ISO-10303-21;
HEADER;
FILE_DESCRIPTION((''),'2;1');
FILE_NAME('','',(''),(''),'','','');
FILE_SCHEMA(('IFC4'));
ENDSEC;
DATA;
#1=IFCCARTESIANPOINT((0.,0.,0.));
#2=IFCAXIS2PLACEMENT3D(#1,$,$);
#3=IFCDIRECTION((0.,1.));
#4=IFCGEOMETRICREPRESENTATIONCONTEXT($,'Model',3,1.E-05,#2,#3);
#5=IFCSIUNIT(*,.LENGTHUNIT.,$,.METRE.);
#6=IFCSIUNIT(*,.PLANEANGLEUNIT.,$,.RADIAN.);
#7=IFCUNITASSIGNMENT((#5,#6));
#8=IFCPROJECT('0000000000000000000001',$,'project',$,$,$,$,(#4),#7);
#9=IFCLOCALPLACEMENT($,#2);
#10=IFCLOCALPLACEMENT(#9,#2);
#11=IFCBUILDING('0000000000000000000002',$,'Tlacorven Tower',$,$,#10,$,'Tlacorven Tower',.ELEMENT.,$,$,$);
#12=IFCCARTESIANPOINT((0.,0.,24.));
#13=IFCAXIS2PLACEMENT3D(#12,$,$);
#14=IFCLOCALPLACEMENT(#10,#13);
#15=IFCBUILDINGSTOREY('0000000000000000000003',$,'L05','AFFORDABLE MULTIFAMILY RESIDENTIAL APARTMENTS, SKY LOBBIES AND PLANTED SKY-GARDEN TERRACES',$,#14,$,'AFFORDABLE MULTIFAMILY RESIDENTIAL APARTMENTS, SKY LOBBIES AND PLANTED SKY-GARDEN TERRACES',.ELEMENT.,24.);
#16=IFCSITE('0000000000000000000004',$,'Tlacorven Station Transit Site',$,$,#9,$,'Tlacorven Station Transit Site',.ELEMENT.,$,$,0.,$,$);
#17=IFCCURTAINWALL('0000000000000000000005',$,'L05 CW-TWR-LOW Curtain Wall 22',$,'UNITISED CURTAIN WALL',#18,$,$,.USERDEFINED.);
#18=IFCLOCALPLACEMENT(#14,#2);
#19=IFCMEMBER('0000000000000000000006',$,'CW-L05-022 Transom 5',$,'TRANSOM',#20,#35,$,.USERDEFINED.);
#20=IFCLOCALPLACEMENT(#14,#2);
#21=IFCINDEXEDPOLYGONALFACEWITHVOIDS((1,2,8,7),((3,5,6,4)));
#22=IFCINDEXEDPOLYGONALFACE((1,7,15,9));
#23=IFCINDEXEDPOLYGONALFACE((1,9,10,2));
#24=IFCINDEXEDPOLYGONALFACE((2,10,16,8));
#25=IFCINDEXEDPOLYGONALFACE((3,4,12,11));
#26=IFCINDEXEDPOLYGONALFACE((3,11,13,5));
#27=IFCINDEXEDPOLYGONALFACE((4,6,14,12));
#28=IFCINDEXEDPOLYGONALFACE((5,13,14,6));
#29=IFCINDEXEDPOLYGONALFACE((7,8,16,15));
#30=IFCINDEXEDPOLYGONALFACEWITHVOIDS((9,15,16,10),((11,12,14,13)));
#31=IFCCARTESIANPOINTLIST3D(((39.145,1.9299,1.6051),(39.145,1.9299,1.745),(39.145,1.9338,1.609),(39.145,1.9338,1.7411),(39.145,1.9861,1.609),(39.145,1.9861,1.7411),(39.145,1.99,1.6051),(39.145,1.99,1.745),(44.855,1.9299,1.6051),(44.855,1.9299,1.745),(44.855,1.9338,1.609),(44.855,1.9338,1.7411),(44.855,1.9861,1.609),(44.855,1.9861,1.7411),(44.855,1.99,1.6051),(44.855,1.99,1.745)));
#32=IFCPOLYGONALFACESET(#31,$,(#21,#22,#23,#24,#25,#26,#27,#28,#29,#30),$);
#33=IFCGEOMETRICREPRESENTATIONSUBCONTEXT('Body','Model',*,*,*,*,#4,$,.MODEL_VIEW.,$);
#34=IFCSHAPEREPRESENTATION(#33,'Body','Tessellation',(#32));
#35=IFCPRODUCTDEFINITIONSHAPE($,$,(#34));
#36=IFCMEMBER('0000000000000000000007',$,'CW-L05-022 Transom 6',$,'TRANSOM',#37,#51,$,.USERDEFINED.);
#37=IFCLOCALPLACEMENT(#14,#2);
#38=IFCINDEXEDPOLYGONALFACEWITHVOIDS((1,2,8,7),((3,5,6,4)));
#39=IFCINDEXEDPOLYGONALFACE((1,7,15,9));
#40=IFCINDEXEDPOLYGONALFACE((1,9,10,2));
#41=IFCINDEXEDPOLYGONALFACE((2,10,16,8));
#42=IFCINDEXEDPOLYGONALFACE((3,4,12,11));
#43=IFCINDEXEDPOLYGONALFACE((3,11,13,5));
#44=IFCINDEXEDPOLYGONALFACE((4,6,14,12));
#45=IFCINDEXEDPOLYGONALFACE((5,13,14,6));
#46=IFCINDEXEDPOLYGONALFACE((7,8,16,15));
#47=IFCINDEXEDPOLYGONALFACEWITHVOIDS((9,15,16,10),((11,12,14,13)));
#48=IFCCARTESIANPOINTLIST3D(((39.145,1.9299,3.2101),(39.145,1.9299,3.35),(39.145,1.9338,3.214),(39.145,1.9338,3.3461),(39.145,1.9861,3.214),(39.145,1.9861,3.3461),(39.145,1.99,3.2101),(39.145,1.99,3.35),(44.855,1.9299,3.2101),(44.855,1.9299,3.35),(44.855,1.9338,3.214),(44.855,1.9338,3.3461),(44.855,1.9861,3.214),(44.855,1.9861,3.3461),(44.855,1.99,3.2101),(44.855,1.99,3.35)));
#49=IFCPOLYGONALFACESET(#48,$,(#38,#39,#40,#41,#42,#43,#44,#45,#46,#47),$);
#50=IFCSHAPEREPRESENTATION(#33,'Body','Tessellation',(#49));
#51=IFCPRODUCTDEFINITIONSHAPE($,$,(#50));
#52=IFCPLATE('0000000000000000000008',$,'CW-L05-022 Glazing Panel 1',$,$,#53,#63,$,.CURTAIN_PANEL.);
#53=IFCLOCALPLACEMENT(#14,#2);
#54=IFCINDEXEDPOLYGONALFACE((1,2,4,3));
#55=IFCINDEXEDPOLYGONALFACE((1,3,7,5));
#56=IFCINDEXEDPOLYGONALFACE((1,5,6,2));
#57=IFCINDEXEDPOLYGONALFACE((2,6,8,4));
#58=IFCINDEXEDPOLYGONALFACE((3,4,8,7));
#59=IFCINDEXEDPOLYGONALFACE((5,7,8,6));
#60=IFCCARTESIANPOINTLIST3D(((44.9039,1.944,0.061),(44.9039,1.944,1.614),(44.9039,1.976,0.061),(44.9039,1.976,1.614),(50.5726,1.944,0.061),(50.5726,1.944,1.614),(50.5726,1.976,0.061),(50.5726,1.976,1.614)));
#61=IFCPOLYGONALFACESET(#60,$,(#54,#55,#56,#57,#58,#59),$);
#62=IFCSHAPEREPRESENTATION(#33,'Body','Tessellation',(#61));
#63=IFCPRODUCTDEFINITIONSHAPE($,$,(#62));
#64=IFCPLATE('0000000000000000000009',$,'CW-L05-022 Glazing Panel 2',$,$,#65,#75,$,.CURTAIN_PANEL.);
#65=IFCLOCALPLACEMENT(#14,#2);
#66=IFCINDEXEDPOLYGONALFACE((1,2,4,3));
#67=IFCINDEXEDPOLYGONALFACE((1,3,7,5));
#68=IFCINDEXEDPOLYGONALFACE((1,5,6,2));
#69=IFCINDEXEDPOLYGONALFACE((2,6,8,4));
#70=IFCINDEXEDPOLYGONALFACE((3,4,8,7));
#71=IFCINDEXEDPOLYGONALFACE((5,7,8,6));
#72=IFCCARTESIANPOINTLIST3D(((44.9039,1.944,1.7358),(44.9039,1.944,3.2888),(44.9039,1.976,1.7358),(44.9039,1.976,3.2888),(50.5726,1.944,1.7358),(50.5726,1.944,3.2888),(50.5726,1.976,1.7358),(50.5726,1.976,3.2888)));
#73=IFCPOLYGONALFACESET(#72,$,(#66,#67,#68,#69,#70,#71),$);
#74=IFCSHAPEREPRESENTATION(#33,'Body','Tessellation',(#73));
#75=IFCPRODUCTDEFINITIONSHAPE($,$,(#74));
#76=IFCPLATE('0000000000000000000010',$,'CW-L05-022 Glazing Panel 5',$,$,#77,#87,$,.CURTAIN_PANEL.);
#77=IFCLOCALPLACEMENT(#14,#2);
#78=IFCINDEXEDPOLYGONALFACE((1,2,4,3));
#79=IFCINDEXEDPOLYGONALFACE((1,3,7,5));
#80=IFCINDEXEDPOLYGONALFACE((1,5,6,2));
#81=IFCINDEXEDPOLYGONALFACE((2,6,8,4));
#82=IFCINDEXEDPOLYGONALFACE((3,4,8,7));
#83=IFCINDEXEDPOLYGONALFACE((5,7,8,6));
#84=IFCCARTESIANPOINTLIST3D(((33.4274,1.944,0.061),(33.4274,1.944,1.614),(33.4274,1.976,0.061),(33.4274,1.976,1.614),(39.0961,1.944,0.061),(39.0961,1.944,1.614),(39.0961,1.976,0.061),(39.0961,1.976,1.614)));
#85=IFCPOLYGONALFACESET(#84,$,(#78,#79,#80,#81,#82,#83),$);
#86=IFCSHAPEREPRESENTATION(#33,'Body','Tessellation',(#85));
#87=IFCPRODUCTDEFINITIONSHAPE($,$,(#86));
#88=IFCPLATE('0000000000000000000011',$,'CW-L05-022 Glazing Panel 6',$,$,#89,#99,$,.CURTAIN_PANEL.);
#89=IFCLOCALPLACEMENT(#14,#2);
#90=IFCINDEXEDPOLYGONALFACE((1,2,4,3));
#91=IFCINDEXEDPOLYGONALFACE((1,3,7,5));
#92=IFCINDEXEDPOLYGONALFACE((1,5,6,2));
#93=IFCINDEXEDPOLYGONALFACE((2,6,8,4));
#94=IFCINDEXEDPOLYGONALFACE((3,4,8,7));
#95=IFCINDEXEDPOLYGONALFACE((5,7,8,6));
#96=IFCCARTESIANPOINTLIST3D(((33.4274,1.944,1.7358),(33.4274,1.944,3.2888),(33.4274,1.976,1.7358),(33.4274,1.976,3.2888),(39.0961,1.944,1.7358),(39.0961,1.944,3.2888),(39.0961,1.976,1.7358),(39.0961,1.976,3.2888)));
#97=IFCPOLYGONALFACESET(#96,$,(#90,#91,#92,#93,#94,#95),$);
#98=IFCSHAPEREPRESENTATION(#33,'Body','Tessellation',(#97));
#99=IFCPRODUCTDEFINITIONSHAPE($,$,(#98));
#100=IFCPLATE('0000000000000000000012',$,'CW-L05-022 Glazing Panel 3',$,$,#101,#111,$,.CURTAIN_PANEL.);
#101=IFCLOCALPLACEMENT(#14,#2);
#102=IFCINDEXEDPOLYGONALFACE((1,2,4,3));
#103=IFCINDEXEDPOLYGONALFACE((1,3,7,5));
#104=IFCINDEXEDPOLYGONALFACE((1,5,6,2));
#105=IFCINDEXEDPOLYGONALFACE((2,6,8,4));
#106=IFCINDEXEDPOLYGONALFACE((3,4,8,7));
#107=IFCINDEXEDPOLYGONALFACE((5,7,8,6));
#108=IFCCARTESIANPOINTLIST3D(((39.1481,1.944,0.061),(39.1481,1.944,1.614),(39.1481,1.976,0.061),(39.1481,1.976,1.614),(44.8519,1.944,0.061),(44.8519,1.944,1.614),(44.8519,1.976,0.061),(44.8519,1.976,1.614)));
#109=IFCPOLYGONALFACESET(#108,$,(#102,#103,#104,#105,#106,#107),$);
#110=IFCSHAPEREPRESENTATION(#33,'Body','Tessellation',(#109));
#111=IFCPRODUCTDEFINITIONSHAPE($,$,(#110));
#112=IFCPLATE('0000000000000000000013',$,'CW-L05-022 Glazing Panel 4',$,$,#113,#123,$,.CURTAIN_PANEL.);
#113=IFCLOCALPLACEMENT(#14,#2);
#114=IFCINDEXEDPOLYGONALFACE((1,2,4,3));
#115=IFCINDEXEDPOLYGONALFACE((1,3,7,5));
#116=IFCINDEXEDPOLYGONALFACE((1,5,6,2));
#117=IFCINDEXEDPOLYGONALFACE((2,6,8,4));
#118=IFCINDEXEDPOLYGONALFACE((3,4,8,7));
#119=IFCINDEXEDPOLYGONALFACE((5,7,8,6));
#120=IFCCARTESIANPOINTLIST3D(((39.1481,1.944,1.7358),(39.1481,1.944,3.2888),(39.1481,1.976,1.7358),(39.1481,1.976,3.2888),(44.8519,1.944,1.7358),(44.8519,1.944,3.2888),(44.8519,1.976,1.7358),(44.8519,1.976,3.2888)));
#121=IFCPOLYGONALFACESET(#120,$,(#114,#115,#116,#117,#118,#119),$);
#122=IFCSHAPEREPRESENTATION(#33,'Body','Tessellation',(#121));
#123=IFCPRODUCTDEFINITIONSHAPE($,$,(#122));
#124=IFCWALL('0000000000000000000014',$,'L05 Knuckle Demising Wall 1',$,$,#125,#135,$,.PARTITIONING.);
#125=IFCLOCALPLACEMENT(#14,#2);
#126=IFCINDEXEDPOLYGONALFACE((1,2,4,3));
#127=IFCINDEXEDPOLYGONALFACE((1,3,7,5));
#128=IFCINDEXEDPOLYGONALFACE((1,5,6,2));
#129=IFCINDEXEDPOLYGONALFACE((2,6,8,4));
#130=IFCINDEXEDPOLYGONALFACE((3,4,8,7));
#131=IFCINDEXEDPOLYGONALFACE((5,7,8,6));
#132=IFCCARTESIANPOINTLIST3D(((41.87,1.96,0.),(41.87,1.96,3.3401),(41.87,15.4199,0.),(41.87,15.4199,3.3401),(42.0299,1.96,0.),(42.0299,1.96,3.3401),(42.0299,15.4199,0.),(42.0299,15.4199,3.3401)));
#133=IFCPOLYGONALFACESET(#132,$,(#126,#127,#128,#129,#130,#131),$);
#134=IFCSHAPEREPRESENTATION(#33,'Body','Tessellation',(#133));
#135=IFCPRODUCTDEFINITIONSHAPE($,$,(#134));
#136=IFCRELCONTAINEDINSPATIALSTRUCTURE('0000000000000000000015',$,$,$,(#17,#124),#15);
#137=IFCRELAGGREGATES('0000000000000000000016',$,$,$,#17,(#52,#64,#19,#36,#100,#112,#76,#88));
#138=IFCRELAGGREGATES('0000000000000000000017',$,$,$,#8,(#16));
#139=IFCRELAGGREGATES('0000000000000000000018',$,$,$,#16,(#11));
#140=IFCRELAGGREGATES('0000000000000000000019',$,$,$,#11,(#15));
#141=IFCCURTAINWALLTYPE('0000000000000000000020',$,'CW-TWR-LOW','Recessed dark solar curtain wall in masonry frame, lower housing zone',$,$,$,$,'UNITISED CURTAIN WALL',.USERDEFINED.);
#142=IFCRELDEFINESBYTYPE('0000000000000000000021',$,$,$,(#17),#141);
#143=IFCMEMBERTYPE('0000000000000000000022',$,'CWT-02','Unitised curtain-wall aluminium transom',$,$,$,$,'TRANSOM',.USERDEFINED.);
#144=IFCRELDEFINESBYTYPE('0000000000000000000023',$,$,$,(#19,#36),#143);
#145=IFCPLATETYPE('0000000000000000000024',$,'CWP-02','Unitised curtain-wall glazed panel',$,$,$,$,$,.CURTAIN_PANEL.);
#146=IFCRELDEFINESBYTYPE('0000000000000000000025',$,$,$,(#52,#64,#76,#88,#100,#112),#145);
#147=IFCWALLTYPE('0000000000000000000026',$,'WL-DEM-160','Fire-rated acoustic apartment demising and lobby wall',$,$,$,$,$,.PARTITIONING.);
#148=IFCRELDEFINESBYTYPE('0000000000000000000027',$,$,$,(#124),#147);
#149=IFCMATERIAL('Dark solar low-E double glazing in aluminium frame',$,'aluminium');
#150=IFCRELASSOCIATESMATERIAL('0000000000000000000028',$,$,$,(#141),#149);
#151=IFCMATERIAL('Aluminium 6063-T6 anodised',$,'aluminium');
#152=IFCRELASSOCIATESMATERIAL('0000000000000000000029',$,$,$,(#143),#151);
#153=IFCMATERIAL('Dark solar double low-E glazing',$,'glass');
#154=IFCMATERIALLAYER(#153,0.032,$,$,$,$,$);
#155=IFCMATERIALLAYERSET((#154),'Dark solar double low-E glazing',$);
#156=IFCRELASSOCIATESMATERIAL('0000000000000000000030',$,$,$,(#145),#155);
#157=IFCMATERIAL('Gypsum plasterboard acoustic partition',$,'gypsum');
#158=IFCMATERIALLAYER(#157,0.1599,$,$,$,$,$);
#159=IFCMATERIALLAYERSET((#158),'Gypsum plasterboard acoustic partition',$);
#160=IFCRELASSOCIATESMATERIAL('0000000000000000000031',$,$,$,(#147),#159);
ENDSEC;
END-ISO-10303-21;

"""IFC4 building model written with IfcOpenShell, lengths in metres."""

from ifc_helpers import new_model, si_unit, direction, frame, frame_2d, origin, origin_2d, place, context, subcontext, project, spatial, rectangle, hollow_rectangle, extrude, source, transform, mapped, material, layer, layer_set, material_profile, profile_set, type_object, element, aggregate, save


model = new_model("IFC4")

# Units and contexts
model_context = context("Model", 3, precision=1e-05, world=origin(), true_north=direction((0.0, 1.0)))
body_context = subcontext(model_context, "Body", "Model", "MODEL_VIEW")
ifc_project = project(units=[si_unit("LENGTHUNIT", "METRE"), si_unit("PLANEANGLEUNIT", "RADIAN")], contexts=[model_context])

# Site, building, storey
site_placement = place(None, origin())
site = spatial("IfcSite", under=ifc_project, at=site_placement, Name="Tlacorven Station Transit Site", LongName="Tlacorven Station Transit Site", CompositionType="ELEMENT", RefElevation=0.0)
building_placement = place(site_placement, origin())
building = spatial("IfcBuilding", under=site, at=building_placement, Name="Tlacorven Tower", LongName="Tlacorven Tower", CompositionType="ELEMENT")
storey_placement = place(building_placement, frame((0.0, 0.0, 24.0)))
storey = spatial("IfcBuildingStorey", under=building, at=storey_placement, Name="L05", Description="AFFORDABLE MULTIFAMILY RESIDENTIAL APARTMENTS, SKY LOBBIES AND PLANTED SKY-GARDEN TERRACES", LongName="AFFORDABLE MULTIFAMILY RESIDENTIAL APARTMENTS, SKY LOBBIES AND PLANTED SKY-GARDEN TERRACES", CompositionType="ELEMENT", Elevation=24.0)

# Shared definitions
ifc_material_1 = material(Name="Dark solar low-E double glazing in aluminium frame", Category="aluminium")
curtain_wall_type = type_object("IfcCurtainWallType", Name="CW-TWR-LOW", Description="Recessed dark solar curtain wall in masonry frame, lower housing zone", ElementType="UNITISED CURTAIN WALL", PredefinedType="USERDEFINED", material=ifc_material_1)
ifc_material_2 = material(Name="Aluminium 6063-T6 anodised", Category="aluminium")

# Curtain wall, members, plates
curtain_wall_1_placement = place(storey_placement, origin())
curtain_wall_1 = element("IfcCurtainWall", 1, at=curtain_wall_1_placement, inside=storey, type_object=curtain_wall_type, Name="L05 CW-TWR-LOW Curtain Wall 22", ObjectType="UNITISED CURTAIN WALL", PredefinedType="USERDEFINED")
ifc_material_profile_1 = material_profile(ifc_material_2, hollow_rectangle(XDim=0.0601, YDim=0.1399, WallThickness=0.0039, at=origin_2d()), Name="ALU TRANSOM 60X140")
ifc_profile_set_1 = profile_set([ifc_material_profile_1], Name="Aluminium 6063-T6 anodised")
member_type_1 = type_object("IfcMemberType", Name="CWT-02", Description="Unitised curtain-wall aluminium transom", ElementType="TRANSOM", PredefinedType="USERDEFINED", material=ifc_profile_set_1)
shared_shape_1 = source(origin(), body_context, "Body", "SweptSolid", [
    extrude(hollow_rectangle(XDim=0.0601, YDim=0.1399, WallThickness=0.0039, at=origin_2d()), origin(), (0.0, 0.0, 1.0), 5.71),
])
member_1_placement = place(storey_placement, frame((44.855, 1.96, 1.675), z_axis=(-1.0, 0.0, 0.0), x_axis=(0.0, -1.0, 0.0)))
member_1 = element("IfcMember", 2, at=member_1_placement, type_object=member_type_1, Name="CW-L05-022 Transom 5", ObjectType="TRANSOM", PredefinedType="USERDEFINED", context=body_context, shape_type="MappedRepresentation", body=[
    mapped(shared_shape_1, transform((0.0, 0.0, 0.0), scale=1.0)),
])
member_2_placement = place(storey_placement, frame((44.855, 1.96, 3.28), z_axis=(-1.0, 0.0, 0.0), x_axis=(0.0, -1.0, 0.0)))
member_2 = element("IfcMember", 3, at=member_2_placement, type_object=member_type_1, Name="CW-L05-022 Transom 6", ObjectType="TRANSOM", PredefinedType="USERDEFINED", context=body_context, shape_type="MappedRepresentation", body=[
    mapped(shared_shape_1, transform((0.0, 0.0, 0.0), scale=1.0)),
])
ifc_material_3 = material(Name="Dark solar double low-E glazing", Category="glass")
ifc_layer_1 = layer(ifc_material_3, 0.032)
ifc_layer_set_1 = layer_set([ifc_layer_1], Name="Dark solar double low-E glazing")
plate_type = type_object("IfcPlateType", Name="CWP-02", Description="Unitised curtain-wall glazed panel", PredefinedType="CURTAIN_PANEL", material=ifc_layer_set_1)
shared_shape_2 = source(origin(), body_context, "Body", "SweptSolid", [
    extrude(rectangle(XDim=5.6687, YDim=0.032, at=origin_2d()), origin(), (0.0, 0.0, 1.0), 1.553),
])
plate_1_placement = place(storey_placement, frame((47.7383, 1.96, 0.061), z_axis=(0.0, 0.0, 1.0), x_axis=(-1.0, 0.0, 0.0)))
plate_1 = element("IfcPlate", 4, at=plate_1_placement, type_object=plate_type, Name="CW-L05-022 Glazing Panel 1", PredefinedType="CURTAIN_PANEL", context=body_context, shape_type="MappedRepresentation", body=[
    mapped(shared_shape_2, transform((0.0, 0.0, 0.0), scale=1.0)),
])
plate_2_placement = place(storey_placement, frame((47.7383, 1.96, 1.7358), z_axis=(0.0, 0.0, 1.0), x_axis=(-1.0, 0.0, 0.0)))
plate_2 = element("IfcPlate", 5, at=plate_2_placement, type_object=plate_type, Name="CW-L05-022 Glazing Panel 2", PredefinedType="CURTAIN_PANEL", context=body_context, shape_type="MappedRepresentation", body=[
    mapped(shared_shape_2, transform((0.0, 0.0, 0.0), scale=1.0)),
])
plate_3_placement = place(storey_placement, frame((36.2617, 1.96, 0.061), z_axis=(0.0, 0.0, 1.0), x_axis=(-1.0, 0.0, 0.0)))
plate_3 = element("IfcPlate", 6, at=plate_3_placement, type_object=plate_type, Name="CW-L05-022 Glazing Panel 5", PredefinedType="CURTAIN_PANEL", context=body_context, shape_type="MappedRepresentation", body=[
    mapped(shared_shape_2, transform((0.0, 0.0, 0.0), scale=1.0)),
])
plate_4_placement = place(storey_placement, frame((36.2617, 1.96, 1.7358), z_axis=(0.0, 0.0, 1.0), x_axis=(-1.0, 0.0, 0.0)))
plate_4 = element("IfcPlate", 7, at=plate_4_placement, type_object=plate_type, Name="CW-L05-022 Glazing Panel 6", PredefinedType="CURTAIN_PANEL", context=body_context, shape_type="MappedRepresentation", body=[
    mapped(shared_shape_2, transform((0.0, 0.0, 0.0), scale=1.0)),
])
shared_shape_3 = source(origin(), body_context, "Body", "SweptSolid", [
    extrude(rectangle(XDim=5.7039, YDim=0.032, at=origin_2d()), origin(), (0.0, 0.0, 1.0), 1.553),
])
plate_5_placement = place(storey_placement, frame((42.0, 1.96, 0.061), z_axis=(0.0, 0.0, 1.0), x_axis=(-1.0, 0.0, 0.0)))
plate_5 = element("IfcPlate", 8, at=plate_5_placement, type_object=plate_type, Name="CW-L05-022 Glazing Panel 3", PredefinedType="CURTAIN_PANEL", context=body_context, shape_type="MappedRepresentation", body=[
    mapped(shared_shape_3, transform((0.0, 0.0, 0.0), scale=1.0)),
])
plate_6_placement = place(storey_placement, frame((42.0, 1.96, 1.7358), z_axis=(0.0, 0.0, 1.0), x_axis=(-1.0, 0.0, 0.0)))
plate_6 = element("IfcPlate", 9, at=plate_6_placement, type_object=plate_type, Name="CW-L05-022 Glazing Panel 4", PredefinedType="CURTAIN_PANEL", context=body_context, shape_type="MappedRepresentation", body=[
    mapped(shared_shape_3, transform((0.0, 0.0, 0.0), scale=1.0)),
])
aggregate(curtain_wall_1, [plate_1, plate_2, member_1, member_2, plate_5, plate_6, plate_3, plate_4])

# Wall
ifc_material_4 = material(Name="Gypsum plasterboard acoustic partition", Category="gypsum")
ifc_layer_2 = layer(ifc_material_4, 0.1599)
ifc_layer_set_2 = layer_set([ifc_layer_2], Name="Gypsum plasterboard acoustic partition")
wall_type_1 = type_object("IfcWallType", Name="WL-DEM-160", Description="Fire-rated acoustic apartment demising and lobby wall", PredefinedType="PARTITIONING", material=ifc_layer_set_2)
wall_1_placement = place(storey_placement, frame((41.95, 1.96, 0.0), z_axis=(0.0, 0.0, 1.0), x_axis=(0.0, 1.0, 0.0)))
element("IfcWall", 10, at=wall_1_placement, inside=storey, type_object=wall_type_1, Name="L05 Knuckle Demising Wall 1", PredefinedType="PARTITIONING", context=body_context, shape_type="SweptSolid", body=[
    extrude(rectangle(XDim=13.46, YDim=0.1599, at=frame_2d((6.73, 0.0))), origin(), (0.0, 0.0, 1.0), 3.3401),
])

save(model, "model.ifc")
